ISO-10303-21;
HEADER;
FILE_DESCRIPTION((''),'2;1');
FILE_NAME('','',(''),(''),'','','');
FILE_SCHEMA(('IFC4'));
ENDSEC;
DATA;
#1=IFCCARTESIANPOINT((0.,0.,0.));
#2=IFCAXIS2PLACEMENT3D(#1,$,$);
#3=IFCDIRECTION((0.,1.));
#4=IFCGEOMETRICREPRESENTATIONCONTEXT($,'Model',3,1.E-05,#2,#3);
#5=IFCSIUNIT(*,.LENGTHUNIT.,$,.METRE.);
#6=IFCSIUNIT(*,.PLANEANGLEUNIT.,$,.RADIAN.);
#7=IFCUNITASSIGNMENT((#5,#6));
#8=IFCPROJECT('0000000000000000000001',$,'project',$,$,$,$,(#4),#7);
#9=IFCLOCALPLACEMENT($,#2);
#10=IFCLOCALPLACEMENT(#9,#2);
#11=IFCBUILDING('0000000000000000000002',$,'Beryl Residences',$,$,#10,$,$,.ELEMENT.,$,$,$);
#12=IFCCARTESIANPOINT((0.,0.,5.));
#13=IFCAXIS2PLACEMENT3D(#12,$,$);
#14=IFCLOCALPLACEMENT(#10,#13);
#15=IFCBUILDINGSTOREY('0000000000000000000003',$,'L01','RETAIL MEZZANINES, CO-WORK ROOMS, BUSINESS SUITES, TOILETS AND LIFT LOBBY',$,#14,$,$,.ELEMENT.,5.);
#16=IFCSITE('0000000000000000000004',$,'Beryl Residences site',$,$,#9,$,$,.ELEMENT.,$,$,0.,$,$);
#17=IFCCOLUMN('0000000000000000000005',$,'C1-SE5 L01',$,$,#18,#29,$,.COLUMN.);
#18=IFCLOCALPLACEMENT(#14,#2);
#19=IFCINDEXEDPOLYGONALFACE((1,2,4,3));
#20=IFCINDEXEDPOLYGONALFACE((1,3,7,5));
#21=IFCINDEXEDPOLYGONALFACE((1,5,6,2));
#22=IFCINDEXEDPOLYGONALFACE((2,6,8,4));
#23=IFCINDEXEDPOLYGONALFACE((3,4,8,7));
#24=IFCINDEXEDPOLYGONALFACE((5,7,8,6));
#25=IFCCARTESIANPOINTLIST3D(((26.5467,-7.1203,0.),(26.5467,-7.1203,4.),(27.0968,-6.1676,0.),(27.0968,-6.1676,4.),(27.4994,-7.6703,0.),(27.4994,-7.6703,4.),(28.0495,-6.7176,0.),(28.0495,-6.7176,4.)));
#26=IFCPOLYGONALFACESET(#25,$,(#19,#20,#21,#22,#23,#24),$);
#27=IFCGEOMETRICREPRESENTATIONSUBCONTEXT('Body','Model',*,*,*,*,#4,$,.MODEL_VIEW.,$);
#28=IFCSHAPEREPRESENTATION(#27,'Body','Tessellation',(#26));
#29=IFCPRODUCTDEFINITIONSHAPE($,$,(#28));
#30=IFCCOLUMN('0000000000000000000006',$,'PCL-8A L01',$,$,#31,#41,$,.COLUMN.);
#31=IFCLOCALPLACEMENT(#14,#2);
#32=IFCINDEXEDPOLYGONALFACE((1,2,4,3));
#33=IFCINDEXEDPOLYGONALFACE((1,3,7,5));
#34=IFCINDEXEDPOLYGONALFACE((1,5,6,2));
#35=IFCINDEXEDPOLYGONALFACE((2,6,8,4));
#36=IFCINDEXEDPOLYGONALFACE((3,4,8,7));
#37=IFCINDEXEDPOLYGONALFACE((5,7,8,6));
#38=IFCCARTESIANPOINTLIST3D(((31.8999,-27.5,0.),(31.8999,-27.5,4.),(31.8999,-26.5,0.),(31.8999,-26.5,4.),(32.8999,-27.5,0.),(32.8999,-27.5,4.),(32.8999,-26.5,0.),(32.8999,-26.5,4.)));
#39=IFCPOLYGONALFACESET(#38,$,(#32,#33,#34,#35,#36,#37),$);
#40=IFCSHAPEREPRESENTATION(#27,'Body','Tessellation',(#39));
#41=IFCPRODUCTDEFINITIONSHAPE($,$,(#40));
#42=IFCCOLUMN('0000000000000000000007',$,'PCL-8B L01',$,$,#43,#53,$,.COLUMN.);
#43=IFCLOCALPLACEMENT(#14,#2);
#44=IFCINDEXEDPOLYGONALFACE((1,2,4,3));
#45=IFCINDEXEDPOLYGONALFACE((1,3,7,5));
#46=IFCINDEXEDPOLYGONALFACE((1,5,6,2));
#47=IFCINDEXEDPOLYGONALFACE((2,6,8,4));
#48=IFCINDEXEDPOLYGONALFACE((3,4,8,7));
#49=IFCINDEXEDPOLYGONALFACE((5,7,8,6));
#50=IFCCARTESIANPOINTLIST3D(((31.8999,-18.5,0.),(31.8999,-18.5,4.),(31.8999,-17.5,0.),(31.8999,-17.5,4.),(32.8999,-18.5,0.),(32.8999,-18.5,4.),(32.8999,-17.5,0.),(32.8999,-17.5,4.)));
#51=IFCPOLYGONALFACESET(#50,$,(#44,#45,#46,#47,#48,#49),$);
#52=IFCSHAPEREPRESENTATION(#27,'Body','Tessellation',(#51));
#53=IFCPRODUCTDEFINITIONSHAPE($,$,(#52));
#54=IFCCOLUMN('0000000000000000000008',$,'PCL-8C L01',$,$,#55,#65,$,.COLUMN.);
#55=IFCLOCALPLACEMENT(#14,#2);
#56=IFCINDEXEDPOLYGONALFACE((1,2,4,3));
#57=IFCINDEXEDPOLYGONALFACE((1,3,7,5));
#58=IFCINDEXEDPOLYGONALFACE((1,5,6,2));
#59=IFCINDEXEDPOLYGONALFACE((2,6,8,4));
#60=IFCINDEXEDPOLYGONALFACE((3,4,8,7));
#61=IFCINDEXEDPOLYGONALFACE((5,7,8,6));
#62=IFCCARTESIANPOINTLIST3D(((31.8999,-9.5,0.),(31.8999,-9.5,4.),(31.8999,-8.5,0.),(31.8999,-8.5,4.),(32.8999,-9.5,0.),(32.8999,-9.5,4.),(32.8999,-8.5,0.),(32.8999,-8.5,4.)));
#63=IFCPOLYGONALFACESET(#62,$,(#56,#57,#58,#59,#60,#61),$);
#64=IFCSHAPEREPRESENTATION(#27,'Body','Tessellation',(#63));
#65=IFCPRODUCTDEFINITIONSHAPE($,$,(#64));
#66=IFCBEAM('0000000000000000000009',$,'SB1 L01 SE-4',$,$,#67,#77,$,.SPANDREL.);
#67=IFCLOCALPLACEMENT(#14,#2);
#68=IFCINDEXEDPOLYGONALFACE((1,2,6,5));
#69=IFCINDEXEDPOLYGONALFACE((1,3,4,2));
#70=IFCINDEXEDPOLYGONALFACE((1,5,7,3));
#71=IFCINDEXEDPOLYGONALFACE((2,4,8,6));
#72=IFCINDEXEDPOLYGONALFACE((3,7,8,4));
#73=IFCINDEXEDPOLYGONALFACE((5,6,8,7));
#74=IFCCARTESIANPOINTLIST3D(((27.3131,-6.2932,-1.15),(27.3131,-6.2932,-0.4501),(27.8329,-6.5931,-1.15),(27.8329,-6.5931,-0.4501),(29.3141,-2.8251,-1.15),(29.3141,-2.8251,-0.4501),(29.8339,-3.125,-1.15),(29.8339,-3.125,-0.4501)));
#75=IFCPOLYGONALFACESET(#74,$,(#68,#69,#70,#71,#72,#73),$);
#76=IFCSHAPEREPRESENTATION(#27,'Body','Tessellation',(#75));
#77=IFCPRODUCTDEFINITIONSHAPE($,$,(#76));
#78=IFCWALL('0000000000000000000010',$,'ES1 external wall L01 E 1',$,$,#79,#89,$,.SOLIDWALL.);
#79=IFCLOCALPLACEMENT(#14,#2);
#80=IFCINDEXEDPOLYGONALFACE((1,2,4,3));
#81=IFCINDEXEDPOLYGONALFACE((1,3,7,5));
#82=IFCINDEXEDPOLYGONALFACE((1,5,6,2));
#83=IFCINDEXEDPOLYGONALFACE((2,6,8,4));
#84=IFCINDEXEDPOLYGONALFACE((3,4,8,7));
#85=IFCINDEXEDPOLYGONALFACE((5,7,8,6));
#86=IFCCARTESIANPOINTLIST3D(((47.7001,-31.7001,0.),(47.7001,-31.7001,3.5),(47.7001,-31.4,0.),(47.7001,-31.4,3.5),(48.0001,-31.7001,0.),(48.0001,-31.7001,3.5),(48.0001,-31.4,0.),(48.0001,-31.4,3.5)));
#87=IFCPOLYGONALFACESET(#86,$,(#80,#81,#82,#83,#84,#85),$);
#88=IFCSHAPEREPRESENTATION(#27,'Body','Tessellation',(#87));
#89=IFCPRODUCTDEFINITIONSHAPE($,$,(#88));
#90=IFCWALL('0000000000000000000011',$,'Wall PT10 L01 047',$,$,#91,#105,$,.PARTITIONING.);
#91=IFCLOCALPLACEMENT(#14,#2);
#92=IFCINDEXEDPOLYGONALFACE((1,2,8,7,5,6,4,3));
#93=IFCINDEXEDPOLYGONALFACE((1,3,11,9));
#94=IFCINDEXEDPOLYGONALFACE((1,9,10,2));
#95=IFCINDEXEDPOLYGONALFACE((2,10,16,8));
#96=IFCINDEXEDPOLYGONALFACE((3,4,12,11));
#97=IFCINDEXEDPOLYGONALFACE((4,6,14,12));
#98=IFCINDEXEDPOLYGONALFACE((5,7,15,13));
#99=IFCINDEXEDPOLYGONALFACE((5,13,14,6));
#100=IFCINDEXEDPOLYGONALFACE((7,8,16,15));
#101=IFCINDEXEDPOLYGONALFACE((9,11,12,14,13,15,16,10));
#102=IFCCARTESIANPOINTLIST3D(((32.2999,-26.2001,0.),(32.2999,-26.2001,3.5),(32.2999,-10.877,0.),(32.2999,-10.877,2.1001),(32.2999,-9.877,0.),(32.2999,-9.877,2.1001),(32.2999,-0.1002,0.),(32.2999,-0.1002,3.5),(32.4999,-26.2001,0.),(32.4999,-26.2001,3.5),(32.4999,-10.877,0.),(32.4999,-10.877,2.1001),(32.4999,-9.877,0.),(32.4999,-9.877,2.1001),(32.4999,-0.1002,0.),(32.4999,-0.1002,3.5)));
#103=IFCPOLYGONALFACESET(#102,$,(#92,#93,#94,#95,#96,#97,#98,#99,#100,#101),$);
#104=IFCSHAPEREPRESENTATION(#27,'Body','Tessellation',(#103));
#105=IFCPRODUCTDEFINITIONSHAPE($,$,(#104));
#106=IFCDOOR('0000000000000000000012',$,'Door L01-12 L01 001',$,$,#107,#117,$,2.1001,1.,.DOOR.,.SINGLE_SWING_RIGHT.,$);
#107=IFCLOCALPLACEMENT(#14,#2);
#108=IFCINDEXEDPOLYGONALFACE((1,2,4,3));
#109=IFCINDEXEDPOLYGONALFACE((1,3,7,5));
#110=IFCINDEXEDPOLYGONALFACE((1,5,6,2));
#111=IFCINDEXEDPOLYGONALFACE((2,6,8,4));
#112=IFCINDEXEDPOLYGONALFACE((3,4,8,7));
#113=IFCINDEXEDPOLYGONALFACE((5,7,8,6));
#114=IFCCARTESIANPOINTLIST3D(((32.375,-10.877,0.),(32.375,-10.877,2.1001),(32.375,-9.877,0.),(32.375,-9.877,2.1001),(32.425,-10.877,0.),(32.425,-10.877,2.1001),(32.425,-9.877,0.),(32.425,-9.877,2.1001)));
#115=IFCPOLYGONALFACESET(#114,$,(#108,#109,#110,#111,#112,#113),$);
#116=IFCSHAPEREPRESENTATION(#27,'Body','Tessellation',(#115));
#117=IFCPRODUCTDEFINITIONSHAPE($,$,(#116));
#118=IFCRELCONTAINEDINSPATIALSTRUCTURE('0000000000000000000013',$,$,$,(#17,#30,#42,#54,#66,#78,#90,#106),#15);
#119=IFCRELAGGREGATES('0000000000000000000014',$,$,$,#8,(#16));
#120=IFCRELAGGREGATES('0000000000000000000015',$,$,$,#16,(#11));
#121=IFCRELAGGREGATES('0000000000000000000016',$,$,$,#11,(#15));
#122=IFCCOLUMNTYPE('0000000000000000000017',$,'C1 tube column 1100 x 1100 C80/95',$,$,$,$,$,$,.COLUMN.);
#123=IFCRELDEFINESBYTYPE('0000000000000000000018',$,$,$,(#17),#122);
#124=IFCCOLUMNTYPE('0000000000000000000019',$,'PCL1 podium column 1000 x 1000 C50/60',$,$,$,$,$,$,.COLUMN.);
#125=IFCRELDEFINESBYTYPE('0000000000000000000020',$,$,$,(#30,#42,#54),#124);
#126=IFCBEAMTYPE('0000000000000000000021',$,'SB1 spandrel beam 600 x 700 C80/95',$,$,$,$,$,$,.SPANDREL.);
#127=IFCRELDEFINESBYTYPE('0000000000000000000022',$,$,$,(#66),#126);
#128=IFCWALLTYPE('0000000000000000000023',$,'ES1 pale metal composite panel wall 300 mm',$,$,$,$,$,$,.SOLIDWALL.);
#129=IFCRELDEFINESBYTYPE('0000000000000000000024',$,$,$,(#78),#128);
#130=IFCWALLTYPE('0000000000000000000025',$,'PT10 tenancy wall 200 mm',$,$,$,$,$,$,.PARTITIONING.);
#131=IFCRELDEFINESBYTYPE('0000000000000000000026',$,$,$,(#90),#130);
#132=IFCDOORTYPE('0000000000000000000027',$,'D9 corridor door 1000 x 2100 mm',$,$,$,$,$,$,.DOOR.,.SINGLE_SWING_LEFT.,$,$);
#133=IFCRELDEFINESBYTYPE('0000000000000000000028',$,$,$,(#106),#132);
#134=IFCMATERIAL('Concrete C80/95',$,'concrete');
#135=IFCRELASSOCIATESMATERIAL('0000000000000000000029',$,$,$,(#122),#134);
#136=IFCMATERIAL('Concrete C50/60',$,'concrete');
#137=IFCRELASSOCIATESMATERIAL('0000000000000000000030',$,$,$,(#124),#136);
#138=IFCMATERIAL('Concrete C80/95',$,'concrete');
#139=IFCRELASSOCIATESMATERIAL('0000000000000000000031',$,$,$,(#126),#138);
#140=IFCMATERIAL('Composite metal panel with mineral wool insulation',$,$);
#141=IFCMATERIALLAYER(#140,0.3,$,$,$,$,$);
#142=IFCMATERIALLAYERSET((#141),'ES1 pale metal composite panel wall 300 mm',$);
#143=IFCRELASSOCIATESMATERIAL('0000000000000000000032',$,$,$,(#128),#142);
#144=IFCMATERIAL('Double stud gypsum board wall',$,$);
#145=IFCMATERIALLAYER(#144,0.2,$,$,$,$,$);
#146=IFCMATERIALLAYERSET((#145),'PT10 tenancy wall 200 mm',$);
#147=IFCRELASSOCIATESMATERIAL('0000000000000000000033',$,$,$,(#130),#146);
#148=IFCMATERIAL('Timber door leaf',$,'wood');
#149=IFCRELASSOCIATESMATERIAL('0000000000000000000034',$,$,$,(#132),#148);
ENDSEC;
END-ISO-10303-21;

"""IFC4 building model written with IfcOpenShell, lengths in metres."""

from ifc_helpers import new_model, si_unit, direction, frame, frame_2d, origin, origin_2d, place, context, subcontext, project, spatial, rectangle, extrude, material, layer, layer_set, material_profile, profile_set, type_object, element, fill, save


model = new_model("IFC4")

# Units and contexts
model_context = context("Model", 3, precision=1e-05, world=origin(), true_north=direction((0.0, 1.0)))
body_context = subcontext(model_context, "Body", "Model", "MODEL_VIEW")
ifc_project = project(units=[si_unit("LENGTHUNIT", "METRE"), si_unit("PLANEANGLEUNIT", "RADIAN")], contexts=[model_context])

# Site, building, storey
site_placement = place(None, origin())
site = spatial("IfcSite", under=ifc_project, at=site_placement, Name="Beryl Residences site", CompositionType="ELEMENT", RefElevation=0.0)
building_placement = place(site_placement, origin())
building = spatial("IfcBuilding", under=site, at=building_placement, Name="Beryl Residences", CompositionType="ELEMENT")
storey_placement = place(building_placement, frame((0.0, 0.0, 5.0)))
storey = spatial("IfcBuildingStorey", under=building, at=storey_placement, Name="L01", Description="RETAIL MEZZANINES, CO-WORK ROOMS, BUSINESS SUITES, TOILETS AND LIFT LOBBY", CompositionType="ELEMENT", Elevation=5.0)

# Columns
ifc_material_1 = material(Name="Concrete C80/95", Category="concrete")
ifc_material_profile_1 = material_profile(ifc_material_1, rectangle(XDim=1.1001, YDim=1.1001, at=origin_2d()))
ifc_profile_set_1 = profile_set([ifc_material_profile_1], Name="Concrete C80/95")
column_type_1 = type_object("IfcColumnType", Name="C1 tube column 1100 x 1100 C80/95", PredefinedType="COLUMN", material=ifc_profile_set_1)
column_placement = place(storey_placement, frame((27.2981, -6.9189, 0.0), z_axis=(0.0, 0.0, 1.0), x_axis=(0.499985, 0.866034, 0.0)))
element("IfcColumn", 1, at=column_placement, inside=storey, type_object=column_type_1, Name="C1-SE5 L01", PredefinedType="COLUMN", context=body_context, shape_type="SweptSolid", body=[
    extrude(rectangle(XDim=1.1001, YDim=1.1001, at=origin_2d()), origin(), (0.0, 0.0, 1.0), 4.0),
])
ifc_material_2 = material(Name="Concrete C50/60", Category="concrete")
ifc_material_profile_2 = material_profile(ifc_material_2, rectangle(XDim=1.0, YDim=1.0, at=origin_2d()))
ifc_profile_set_2 = profile_set([ifc_material_profile_2], Name="Concrete C50/60")
column_type_2 = type_object("IfcColumnType", Name="PCL1 podium column 1000 x 1000 C50/60", PredefinedType="COLUMN", material=ifc_profile_set_2)
for number, where, z_axis, x_axis, name in (
    (2, (32.3999, -27.0, 0.0), (0.0, 0.0, 1.0), (1.0, 0.0, 0.0), "PCL-8A L01"),
    (3, (32.3999, -18.0, 0.0), (0.0, 0.0, 1.0), (1.0, 0.0, 0.0), "PCL-8B L01"),
    (4, (32.3999, -9.0, 0.0), (0.0, 0.0, 1.0), (1.0, 0.0, 0.0), "PCL-8C L01"),
):
    element("IfcColumn", number, at=place(storey_placement, frame(where, z_axis=z_axis, x_axis=x_axis)), inside=storey, type_object=column_type_2, Name=name, PredefinedType="COLUMN", context=body_context, shape_type="SweptSolid", body=[
        extrude(rectangle(XDim=1.0, YDim=1.0, at=origin_2d()), origin(), (0.0, 0.0, 1.0), 4.0),
    ])

# Beam
ifc_material_3 = material(Name="Concrete C80/95", Category="concrete")
ifc_material_profile_3 = material_profile(ifc_material_3, rectangle(XDim=0.6001, YDim=0.7, at=origin_2d()))
ifc_profile_set_3 = profile_set([ifc_material_profile_3], Name="Concrete C80/95")
beam_type = type_object("IfcBeamType", Name="SB1 spandrel beam 600 x 700 C80/95", PredefinedType="SPANDREL", material=ifc_profile_set_3)
beam_placement = place(storey_placement, frame((27.573, -6.4431, -0.8), z_axis=(0.499759, 0.866164, 0.0), x_axis=(-0.866164, 0.499759, 0.0)))
element("IfcBeam", 5, at=beam_placement, inside=storey, type_object=beam_type, Name="SB1 L01 SE-4", PredefinedType="SPANDREL", context=body_context, shape_type="SweptSolid", body=[
    extrude(rectangle(XDim=0.6001, YDim=0.7, at=origin_2d()), origin(), (0.0, 0.0, 1.0), 4.0039),
])

# Wall
ifc_material_4 = material(Name="Composite metal panel with mineral wool insulation")
ifc_layer_1 = layer(ifc_material_4, 0.3)
ifc_layer_set_1 = layer_set([ifc_layer_1], Name="ES1 pale metal composite panel wall 300 mm")
wall_type_1 = type_object("IfcWallType", Name="ES1 pale metal composite panel wall 300 mm", PredefinedType="SOLIDWALL", material=ifc_layer_set_1)
wall_1_placement = place(storey_placement, frame((47.8501, -31.7, 0.0), z_axis=(0.0, 0.0, 1.0), x_axis=(0.0, 1.0, 0.0)))
element("IfcWall", 6, at=wall_1_placement, inside=storey, type_object=wall_type_1, Name="ES1 external wall L01 E 1", PredefinedType="SOLIDWALL", context=body_context, shape_type="SweptSolid", body=[
    extrude(rectangle(XDim=0.3, YDim=0.3, at=frame_2d((0.1499, 0.0))), origin(), (0.0, 0.0, 1.0), 3.5),
])

# Wall, opening, door
ifc_material_5 = material(Name="Double stud gypsum board wall")
ifc_layer_2 = layer(ifc_material_5, 0.2)
ifc_layer_set_2 = layer_set([ifc_layer_2], Name="PT10 tenancy wall 200 mm")
wall_type_2 = type_object("IfcWallType", Name="PT10 tenancy wall 200 mm", PredefinedType="PARTITIONING", material=ifc_layer_set_2)
wall_2_placement = place(storey_placement, frame((32.3999, -26.2, 0.0), z_axis=(0.0, 0.0, 1.0), x_axis=(0.0, 1.0, 0.0)))
wall_2 = element("IfcWall", 7, at=wall_2_placement, inside=storey, type_object=wall_type_2, Name="Wall PT10 L01 047", PredefinedType="PARTITIONING", context=body_context, shape_type="SweptSolid", body=[
    extrude(rectangle(XDim=26.0999, YDim=0.2, at=frame_2d((13.0498, 0.0))), origin(), (0.0, 0.0, 1.0), 3.5),
])
opening_1_placement = place(wall_2_placement, frame((15.323, 0.0, 0.0)))
opening_1 = element("IfcOpeningElement", 8, at=opening_1_placement, cuts=wall_2, PredefinedType="OPENING", context=body_context, shape_type="SweptSolid", body=[
    extrude(rectangle(XDim=1.0, YDim=2.1001, at=frame_2d((0.5, 1.05))), frame((0.0, 0.1099, 0.0), z_axis=(0.0, -1.0, 0.0), x_axis=(1.0, 0.0, 0.0)), (0.0, 0.0, 1.0), 0.22),
])
ifc_material_6 = material(Name="Timber door leaf", Category="wood")
door_type = type_object("IfcDoorType", Name="D9 corridor door 1000 x 2100 mm", OperationType="SINGLE_SWING_LEFT", PredefinedType="DOOR", material=ifc_material_6)
door_placement = place(opening_1_placement, origin())
door = element("IfcDoor", 9, at=door_placement, inside=storey, type_object=door_type, Name="Door L01-12 L01 001", OperationType="SINGLE_SWING_RIGHT", OverallHeight=2.1001, OverallWidth=1.0, PredefinedType="DOOR", context=body_context, shape_type="SweptSolid", body=[
    extrude(rectangle(XDim=1.0, YDim=2.1001, at=frame_2d((0.5, 1.05))), frame((0.0, 0.0249, 0.0), z_axis=(0.0, -1.0, 0.0), x_axis=(1.0, 0.0, 0.0)), (0.0, 0.0, 1.0), 0.05),
])
fill(opening_1, door)

save(model, "model.ifc")
